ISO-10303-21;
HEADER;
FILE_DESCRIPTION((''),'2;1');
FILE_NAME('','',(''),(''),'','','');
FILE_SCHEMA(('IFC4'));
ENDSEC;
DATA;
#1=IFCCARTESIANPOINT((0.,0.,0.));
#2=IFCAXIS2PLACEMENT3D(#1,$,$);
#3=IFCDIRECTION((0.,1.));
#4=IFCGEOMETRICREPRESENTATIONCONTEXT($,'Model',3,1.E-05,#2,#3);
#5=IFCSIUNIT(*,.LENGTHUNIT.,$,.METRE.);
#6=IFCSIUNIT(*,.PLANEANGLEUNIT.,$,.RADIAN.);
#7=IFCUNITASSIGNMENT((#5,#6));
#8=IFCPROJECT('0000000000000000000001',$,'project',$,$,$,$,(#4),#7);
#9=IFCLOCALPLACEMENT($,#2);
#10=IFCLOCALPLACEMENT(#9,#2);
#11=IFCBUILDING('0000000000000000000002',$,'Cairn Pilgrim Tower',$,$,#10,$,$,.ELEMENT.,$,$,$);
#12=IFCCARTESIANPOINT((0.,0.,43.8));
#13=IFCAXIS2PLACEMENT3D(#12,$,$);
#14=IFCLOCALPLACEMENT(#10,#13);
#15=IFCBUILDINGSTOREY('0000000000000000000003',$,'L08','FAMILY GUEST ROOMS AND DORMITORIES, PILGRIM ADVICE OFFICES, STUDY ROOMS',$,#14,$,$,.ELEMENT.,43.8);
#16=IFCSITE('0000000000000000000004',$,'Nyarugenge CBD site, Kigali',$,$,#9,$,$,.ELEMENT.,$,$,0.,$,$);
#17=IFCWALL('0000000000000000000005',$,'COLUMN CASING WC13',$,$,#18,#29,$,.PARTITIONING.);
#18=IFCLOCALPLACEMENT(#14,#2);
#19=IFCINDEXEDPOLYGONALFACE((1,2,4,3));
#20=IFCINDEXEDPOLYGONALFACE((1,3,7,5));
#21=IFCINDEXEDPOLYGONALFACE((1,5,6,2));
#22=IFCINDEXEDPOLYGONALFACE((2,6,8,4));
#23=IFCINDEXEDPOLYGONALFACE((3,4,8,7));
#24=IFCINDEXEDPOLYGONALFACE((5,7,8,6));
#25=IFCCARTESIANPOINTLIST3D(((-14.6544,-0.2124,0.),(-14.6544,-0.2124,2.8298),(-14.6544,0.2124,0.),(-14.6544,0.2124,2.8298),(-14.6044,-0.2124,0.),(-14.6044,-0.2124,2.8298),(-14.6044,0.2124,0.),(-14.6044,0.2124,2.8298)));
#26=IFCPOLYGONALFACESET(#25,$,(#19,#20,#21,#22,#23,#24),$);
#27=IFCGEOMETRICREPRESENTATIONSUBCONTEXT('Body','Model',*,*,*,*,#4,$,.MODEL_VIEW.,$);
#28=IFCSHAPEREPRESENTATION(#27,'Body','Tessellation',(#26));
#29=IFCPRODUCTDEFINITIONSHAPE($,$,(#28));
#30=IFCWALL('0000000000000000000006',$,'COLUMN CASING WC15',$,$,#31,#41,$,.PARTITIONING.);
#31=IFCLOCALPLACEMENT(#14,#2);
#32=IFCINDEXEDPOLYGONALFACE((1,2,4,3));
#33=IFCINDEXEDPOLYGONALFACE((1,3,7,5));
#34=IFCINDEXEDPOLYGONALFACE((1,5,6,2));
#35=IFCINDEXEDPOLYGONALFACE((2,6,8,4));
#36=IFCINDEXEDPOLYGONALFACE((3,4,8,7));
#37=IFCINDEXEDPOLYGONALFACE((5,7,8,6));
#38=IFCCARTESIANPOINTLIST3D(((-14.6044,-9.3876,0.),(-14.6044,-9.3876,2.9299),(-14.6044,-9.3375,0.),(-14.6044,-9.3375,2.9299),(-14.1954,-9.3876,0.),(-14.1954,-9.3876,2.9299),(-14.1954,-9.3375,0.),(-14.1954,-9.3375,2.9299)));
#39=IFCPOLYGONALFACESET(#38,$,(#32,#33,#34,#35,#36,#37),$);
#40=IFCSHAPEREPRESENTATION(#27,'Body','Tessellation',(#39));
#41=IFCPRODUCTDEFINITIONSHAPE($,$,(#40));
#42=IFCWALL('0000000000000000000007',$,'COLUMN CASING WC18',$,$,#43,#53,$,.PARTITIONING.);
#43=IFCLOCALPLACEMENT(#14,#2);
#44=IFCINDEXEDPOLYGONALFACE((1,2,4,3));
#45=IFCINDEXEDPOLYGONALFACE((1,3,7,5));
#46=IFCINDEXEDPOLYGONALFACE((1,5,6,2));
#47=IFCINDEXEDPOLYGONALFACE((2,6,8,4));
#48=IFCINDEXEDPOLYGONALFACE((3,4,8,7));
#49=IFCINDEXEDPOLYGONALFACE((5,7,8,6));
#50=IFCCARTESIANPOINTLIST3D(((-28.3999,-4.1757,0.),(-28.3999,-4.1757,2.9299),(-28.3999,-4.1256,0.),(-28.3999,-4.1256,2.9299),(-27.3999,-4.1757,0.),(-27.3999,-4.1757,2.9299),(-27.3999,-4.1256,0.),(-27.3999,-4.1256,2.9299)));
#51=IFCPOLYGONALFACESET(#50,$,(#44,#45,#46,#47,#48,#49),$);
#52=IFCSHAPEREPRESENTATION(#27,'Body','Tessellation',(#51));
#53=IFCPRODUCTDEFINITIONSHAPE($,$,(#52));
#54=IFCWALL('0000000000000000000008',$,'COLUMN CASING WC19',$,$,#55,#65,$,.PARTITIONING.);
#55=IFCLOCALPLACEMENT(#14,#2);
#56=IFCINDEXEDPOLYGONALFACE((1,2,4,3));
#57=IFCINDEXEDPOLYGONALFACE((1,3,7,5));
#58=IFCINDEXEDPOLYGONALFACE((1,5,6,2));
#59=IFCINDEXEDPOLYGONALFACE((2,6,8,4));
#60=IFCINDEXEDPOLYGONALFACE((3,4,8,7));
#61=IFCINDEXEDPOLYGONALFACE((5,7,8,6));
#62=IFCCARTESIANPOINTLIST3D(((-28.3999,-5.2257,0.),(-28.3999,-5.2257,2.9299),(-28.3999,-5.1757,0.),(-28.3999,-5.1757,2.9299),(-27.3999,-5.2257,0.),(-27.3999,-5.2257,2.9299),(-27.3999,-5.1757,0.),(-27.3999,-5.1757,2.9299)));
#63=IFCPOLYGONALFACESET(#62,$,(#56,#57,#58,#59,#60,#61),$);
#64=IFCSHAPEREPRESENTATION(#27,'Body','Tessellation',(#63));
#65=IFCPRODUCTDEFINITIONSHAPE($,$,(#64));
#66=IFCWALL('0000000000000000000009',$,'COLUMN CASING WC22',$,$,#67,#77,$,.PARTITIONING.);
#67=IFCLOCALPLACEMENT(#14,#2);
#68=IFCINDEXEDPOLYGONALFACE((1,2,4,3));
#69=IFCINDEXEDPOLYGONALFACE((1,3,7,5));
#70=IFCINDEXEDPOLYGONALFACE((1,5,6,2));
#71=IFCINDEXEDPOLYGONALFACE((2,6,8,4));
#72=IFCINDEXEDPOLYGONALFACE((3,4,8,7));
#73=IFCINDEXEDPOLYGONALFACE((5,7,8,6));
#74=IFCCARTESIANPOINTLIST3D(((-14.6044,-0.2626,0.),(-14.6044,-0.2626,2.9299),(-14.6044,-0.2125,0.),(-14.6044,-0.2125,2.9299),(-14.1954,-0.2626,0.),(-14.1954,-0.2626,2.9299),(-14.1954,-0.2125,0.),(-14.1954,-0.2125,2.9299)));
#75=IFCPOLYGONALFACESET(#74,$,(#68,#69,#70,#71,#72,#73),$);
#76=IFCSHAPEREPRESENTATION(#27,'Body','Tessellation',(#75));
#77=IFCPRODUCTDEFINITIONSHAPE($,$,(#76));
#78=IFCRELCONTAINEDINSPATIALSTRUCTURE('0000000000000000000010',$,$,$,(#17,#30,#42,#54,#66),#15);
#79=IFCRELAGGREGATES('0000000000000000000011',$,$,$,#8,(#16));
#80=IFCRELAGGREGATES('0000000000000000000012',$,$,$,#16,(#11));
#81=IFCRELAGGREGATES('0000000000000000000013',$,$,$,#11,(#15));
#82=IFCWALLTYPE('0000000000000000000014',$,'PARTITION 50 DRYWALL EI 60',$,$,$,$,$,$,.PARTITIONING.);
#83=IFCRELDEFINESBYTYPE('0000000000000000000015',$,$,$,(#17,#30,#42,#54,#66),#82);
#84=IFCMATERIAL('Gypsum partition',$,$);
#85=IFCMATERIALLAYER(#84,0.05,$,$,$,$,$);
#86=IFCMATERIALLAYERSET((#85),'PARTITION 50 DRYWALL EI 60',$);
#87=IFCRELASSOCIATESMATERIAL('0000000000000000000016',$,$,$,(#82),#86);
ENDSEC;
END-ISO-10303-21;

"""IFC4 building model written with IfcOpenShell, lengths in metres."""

from ifc_helpers import new_model, si_unit, direction, frame, frame_2d, origin, place, context, subcontext, project, spatial, rectangle, extrude, material, layer, layer_set, type_object, element, save


model = new_model("IFC4")

# Units and contexts
model_context = context("Model", 3, precision=1e-05, world=origin(), true_north=direction((0.0, 1.0)))
body_context = subcontext(model_context, "Body", "Model", "MODEL_VIEW")
ifc_project = project(units=[si_unit("LENGTHUNIT", "METRE"), si_unit("PLANEANGLEUNIT", "RADIAN")], contexts=[model_context])

# Site, building, storey
site_placement = place(None, origin())
site = spatial("IfcSite", under=ifc_project, at=site_placement, Name="Nyarugenge CBD site, Kigali", CompositionType="ELEMENT", RefElevation=0.0)
building_placement = place(site_placement, origin())
building = spatial("IfcBuilding", under=site, at=building_placement, Name="Cairn Pilgrim Tower", CompositionType="ELEMENT")
storey_placement = place(building_placement, frame((0.0, 0.0, 43.8)))
storey = spatial("IfcBuildingStorey", under=building, at=storey_placement, Name="L08", Description="FAMILY GUEST ROOMS AND DORMITORIES, PILGRIM ADVICE OFFICES, STUDY ROOMS", CompositionType="ELEMENT", Elevation=43.8)

# Shared definitions
ifc_material_1 = material(Name="Gypsum partition")

# Walls
ifc_layer_1 = layer(ifc_material_1, 0.05)
ifc_layer_set_1 = layer_set([ifc_layer_1], Name="PARTITION 50 DRYWALL EI 60")
wall_type_1 = type_object("IfcWallType", Name="PARTITION 50 DRYWALL EI 60", PredefinedType="PARTITIONING", material=ifc_layer_set_1)
wall_1_placement = place(storey_placement, frame((-14.6294, -0.2124, 0.0), z_axis=(0.0, 0.0, 1.0), x_axis=(0.0, 1.0, 0.0)))
element("IfcWall", 1, at=wall_1_placement, inside=storey, type_object=wall_type_1, Name="COLUMN CASING WC13", PredefinedType="PARTITIONING", context=body_context, shape_type="SweptSolid", body=[
    extrude(rectangle(XDim=0.4248, YDim=0.05, at=frame_2d((0.2124, 0.0))), origin(), (0.0, 0.0, 1.0), 2.8298),
])
wall_2_placement = place(storey_placement, frame((-14.6045, -9.3625, 0.0), z_axis=(0.0, 0.0, 1.0), x_axis=(1.0, 0.0, 0.0)))
element("IfcWall", 2, at=wall_2_placement, inside=storey, type_object=wall_type_1, Name="COLUMN CASING WC15", PredefinedType="PARTITIONING", context=body_context, shape_type="SweptSolid", body=[
    extrude(rectangle(XDim=0.4089, YDim=0.05, at=frame_2d((0.2046, 0.0))), origin(), (0.0, 0.0, 1.0), 2.9299),
])
for number, where, z_axis, x_axis, name in (
    (3, (-28.3999, -4.1506, 0.0), (0.0, 0.0, 1.0), (1.0, 0.0, 0.0), "COLUMN CASING WC18"),
    (4, (-28.3999, -5.2007, 0.0), (0.0, 0.0, 1.0), (1.0, 0.0, 0.0), "COLUMN CASING WC19"),
):
    element("IfcWall", number, at=place(storey_placement, frame(where, z_axis=z_axis, x_axis=x_axis)), inside=storey, type_object=wall_type_1, Name=name, PredefinedType="PARTITIONING", context=body_context, shape_type="SweptSolid", body=[
        extrude(rectangle(XDim=1.0, YDim=0.05, at=frame_2d((0.5, 0.0))), origin(), (0.0, 0.0, 1.0), 2.9299),
    ])
wall_3_placement = place(storey_placement, frame((-14.6045, -0.2375, 0.0), z_axis=(0.0, 0.0, 1.0), x_axis=(1.0, 0.0, 0.0)))
element("IfcWall", 5, at=wall_3_placement, inside=storey, type_object=wall_type_1, Name="COLUMN CASING WC22", PredefinedType="PARTITIONING", context=body_context, shape_type="SweptSolid", body=[
    extrude(rectangle(XDim=0.4089, YDim=0.05, at=frame_2d((0.2046, 0.0))), origin(), (0.0, 0.0, 1.0), 2.9299),
])

save(model, "model.ifc")
